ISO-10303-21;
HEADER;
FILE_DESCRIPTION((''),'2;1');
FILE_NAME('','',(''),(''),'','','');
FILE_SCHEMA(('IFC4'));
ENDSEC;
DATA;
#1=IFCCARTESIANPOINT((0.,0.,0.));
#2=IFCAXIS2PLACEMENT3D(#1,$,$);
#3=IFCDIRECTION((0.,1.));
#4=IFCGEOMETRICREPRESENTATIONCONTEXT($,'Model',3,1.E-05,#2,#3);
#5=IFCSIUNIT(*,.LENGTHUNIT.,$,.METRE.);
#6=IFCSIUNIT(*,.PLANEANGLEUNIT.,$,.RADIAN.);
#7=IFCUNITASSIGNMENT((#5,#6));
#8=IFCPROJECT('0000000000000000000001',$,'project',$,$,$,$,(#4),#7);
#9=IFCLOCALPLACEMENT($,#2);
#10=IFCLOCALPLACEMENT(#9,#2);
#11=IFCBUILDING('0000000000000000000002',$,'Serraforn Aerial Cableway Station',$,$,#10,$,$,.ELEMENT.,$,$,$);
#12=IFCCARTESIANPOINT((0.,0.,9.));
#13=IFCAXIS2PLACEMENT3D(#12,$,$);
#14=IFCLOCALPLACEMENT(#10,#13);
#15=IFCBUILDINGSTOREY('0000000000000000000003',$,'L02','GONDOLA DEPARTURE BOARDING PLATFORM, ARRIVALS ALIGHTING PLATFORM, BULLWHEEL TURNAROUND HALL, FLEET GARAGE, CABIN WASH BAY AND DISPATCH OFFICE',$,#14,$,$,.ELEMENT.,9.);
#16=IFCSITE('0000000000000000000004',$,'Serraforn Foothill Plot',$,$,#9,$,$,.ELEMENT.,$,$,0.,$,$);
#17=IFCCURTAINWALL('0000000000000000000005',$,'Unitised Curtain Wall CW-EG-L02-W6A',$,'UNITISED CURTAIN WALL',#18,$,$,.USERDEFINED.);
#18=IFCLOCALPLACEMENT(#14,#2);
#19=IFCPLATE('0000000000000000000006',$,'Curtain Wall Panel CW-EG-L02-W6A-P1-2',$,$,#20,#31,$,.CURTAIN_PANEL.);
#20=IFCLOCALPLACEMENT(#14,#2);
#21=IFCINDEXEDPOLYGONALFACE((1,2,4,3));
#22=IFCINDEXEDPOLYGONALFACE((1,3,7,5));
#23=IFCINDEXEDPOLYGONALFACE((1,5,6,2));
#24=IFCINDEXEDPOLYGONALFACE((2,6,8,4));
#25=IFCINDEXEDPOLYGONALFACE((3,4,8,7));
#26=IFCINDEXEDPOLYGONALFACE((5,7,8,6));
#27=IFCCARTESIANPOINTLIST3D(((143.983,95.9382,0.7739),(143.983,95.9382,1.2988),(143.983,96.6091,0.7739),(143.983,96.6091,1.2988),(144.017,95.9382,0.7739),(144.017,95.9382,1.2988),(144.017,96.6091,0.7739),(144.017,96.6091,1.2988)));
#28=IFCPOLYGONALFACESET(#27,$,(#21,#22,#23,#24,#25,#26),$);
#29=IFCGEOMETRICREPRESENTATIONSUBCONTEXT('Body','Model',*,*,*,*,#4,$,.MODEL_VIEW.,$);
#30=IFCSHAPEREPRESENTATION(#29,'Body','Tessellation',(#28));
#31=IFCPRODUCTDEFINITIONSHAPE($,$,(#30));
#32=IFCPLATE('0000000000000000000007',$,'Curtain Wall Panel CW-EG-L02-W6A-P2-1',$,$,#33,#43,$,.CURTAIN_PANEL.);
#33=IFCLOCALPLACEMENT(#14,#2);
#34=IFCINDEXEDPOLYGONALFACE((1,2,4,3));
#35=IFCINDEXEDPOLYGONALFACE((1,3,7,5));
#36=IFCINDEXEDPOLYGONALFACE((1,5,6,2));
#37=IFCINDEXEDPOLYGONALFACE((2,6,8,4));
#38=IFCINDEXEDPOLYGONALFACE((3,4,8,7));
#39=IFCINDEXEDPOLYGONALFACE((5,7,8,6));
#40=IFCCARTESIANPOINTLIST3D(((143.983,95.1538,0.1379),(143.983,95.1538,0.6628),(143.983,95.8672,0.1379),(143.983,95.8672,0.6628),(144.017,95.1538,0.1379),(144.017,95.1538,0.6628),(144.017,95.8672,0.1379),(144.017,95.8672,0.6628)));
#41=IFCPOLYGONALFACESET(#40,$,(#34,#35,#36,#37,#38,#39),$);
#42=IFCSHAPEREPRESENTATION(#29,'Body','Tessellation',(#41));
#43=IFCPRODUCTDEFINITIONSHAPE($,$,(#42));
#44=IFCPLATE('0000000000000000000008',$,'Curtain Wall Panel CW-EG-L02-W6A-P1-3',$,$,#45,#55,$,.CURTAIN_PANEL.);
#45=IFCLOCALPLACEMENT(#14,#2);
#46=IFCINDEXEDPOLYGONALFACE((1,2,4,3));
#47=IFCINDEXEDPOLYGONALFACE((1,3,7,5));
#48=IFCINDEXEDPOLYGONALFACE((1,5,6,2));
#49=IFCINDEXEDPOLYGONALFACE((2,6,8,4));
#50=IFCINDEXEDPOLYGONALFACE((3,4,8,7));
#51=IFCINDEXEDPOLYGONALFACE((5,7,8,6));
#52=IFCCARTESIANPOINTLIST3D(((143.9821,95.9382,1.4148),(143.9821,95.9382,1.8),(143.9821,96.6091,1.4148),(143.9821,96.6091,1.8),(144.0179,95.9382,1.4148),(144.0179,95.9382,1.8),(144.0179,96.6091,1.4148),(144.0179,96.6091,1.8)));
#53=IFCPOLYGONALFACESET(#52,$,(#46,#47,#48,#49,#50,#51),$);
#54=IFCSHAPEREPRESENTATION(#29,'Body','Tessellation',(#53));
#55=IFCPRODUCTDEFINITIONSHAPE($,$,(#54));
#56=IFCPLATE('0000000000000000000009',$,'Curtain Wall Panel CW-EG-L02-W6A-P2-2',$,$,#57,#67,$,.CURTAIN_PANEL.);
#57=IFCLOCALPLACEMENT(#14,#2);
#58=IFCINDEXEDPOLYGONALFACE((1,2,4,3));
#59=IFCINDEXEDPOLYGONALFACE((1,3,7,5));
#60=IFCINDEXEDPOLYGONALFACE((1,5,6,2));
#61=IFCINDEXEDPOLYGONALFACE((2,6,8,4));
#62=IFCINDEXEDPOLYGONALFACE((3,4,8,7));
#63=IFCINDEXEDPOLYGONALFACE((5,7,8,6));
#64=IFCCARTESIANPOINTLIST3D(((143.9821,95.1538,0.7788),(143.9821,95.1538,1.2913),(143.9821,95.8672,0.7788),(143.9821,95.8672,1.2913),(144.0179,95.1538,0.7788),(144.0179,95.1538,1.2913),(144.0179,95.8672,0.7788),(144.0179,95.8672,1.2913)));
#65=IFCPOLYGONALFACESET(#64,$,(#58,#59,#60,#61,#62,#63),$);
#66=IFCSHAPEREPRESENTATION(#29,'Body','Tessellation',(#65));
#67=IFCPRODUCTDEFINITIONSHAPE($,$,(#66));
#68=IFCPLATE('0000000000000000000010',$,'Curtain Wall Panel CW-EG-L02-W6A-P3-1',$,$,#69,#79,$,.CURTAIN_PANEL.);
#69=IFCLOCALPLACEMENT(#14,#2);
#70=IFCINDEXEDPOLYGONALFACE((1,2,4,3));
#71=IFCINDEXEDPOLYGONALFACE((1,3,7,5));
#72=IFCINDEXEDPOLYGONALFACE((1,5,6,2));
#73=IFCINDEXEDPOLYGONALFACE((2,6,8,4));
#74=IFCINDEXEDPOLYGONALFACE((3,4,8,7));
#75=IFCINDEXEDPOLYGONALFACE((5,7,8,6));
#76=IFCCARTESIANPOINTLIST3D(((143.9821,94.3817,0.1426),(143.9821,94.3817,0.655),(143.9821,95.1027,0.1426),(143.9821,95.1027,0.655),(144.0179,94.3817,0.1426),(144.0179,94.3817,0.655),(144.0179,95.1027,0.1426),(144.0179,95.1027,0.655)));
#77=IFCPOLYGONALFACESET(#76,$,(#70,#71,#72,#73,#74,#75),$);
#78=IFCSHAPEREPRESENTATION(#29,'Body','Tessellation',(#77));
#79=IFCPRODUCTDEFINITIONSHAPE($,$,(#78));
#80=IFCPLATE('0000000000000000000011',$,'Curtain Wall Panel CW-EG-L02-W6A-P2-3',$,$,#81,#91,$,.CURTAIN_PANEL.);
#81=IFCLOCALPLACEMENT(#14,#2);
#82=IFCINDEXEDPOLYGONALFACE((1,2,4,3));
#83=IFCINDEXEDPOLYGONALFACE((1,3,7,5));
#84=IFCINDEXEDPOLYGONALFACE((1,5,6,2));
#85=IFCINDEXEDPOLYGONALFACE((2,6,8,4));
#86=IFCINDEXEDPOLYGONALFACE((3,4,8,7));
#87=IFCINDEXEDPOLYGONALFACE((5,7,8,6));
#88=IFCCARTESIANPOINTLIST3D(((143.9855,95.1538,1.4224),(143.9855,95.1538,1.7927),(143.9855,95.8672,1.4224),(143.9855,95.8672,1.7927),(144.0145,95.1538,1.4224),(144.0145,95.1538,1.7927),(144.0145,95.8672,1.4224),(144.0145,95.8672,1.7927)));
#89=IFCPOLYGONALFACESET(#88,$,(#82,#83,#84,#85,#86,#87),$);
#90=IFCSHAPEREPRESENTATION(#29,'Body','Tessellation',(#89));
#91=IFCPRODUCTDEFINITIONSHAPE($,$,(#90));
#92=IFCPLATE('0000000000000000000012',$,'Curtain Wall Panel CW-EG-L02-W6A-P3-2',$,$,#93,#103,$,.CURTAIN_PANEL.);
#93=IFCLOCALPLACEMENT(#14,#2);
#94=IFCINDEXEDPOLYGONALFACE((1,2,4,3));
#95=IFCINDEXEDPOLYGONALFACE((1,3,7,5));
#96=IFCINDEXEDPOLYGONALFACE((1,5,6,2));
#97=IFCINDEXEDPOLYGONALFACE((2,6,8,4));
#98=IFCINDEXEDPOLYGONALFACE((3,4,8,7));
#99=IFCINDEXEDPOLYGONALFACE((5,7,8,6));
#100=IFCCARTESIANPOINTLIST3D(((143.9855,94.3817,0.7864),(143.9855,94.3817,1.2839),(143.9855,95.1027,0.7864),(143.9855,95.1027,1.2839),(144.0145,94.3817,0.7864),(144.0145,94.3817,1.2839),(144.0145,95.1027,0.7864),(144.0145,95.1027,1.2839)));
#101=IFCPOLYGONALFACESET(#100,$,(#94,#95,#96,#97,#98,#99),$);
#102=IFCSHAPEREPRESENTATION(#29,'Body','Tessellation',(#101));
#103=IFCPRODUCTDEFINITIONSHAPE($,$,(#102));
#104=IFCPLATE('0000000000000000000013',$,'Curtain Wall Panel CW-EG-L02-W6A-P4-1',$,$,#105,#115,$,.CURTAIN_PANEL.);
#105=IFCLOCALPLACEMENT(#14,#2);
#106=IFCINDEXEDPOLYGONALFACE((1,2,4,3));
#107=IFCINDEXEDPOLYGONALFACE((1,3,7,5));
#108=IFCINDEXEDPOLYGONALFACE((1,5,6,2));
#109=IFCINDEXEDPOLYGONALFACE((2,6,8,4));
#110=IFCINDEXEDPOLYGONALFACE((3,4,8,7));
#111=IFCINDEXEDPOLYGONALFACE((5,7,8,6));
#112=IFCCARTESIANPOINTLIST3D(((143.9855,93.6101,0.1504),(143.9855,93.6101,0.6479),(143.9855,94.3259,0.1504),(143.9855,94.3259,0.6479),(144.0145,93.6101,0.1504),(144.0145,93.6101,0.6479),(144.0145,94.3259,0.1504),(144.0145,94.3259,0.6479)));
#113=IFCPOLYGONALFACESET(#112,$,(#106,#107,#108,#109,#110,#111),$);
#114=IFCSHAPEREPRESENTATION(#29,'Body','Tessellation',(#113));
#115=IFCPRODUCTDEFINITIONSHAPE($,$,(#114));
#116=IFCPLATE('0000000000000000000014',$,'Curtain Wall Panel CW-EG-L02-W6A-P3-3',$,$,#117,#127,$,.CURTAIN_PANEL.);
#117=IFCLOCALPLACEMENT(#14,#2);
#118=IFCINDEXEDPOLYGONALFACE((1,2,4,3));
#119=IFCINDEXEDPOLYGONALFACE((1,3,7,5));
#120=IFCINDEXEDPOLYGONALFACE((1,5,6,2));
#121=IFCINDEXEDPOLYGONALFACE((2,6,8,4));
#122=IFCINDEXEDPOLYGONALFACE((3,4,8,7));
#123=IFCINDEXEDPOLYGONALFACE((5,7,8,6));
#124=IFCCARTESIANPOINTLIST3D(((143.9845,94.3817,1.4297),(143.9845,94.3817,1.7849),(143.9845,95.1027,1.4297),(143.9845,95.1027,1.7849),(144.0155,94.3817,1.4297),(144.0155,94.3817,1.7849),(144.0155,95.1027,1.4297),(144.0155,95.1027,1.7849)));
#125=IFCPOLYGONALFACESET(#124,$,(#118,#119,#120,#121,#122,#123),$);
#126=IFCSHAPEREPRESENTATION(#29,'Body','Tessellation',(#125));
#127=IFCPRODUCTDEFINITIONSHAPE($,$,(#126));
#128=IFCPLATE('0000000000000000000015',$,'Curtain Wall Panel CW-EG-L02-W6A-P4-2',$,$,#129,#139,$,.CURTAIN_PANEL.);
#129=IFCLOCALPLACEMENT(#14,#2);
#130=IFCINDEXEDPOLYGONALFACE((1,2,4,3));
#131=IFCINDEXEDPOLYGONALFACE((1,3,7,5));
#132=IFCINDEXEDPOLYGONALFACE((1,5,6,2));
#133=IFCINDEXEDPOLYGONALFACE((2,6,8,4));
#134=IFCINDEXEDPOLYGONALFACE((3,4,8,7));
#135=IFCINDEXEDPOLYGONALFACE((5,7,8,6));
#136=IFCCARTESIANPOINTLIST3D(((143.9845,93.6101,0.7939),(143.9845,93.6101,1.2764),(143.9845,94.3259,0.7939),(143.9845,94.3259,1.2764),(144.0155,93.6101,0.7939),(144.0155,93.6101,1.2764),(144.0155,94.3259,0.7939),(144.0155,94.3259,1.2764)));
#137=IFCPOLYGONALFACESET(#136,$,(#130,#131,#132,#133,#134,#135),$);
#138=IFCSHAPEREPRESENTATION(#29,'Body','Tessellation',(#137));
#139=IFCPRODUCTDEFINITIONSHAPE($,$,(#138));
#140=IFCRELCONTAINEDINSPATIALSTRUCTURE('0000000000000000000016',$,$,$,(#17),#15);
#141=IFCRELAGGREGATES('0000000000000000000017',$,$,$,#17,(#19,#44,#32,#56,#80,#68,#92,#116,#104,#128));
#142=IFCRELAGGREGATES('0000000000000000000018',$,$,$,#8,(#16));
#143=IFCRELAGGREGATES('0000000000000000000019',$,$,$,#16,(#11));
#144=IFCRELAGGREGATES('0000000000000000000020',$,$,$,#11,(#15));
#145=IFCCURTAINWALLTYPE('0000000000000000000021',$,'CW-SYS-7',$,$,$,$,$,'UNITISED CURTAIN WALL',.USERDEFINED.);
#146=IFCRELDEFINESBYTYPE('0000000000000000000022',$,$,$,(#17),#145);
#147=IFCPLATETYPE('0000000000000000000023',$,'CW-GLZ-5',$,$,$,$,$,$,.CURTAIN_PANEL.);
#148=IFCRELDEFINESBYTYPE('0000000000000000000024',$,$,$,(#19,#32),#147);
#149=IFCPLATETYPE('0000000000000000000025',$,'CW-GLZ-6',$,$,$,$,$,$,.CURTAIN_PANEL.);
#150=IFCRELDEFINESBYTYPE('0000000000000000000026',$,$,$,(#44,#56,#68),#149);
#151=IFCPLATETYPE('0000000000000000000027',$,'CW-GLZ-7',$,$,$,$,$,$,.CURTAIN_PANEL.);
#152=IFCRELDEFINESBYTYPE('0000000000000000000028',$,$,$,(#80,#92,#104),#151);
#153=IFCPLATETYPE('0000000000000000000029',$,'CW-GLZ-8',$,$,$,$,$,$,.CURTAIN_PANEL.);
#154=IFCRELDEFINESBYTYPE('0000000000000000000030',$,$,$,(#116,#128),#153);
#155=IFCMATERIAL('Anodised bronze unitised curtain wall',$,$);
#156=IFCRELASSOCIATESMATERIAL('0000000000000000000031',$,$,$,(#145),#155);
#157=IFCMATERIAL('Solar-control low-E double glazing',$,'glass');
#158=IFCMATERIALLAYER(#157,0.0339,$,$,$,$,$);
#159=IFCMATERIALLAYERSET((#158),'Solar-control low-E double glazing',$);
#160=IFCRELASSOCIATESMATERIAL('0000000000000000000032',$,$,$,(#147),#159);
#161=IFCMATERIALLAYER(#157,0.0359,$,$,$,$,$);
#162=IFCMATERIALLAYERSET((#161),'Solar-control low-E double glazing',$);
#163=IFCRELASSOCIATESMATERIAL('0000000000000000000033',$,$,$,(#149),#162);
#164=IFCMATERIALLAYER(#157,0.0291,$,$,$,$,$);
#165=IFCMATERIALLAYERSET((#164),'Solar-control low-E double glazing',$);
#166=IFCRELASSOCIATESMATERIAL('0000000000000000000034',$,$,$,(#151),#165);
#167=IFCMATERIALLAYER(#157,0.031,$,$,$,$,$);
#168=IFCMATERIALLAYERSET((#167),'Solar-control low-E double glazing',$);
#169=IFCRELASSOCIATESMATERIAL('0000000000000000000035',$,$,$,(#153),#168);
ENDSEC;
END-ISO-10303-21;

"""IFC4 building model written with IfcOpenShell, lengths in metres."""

from ifc_helpers import new_model, si_unit, direction, frame, origin, origin_2d, place, context, subcontext, project, spatial, rectangle, extrude, material, layer, layer_set, type_object, element, aggregate, save


model = new_model("IFC4")

# Units and contexts
model_context = context("Model", 3, precision=1e-05, world=origin(), true_north=direction((0.0, 1.0)))
body_context = subcontext(model_context, "Body", "Model", "MODEL_VIEW")
ifc_project = project(units=[si_unit("LENGTHUNIT", "METRE"), si_unit("PLANEANGLEUNIT", "RADIAN")], contexts=[model_context])

# Site, building, storey
site_placement = place(None, origin())
site = spatial("IfcSite", under=ifc_project, at=site_placement, Name="Serraforn Foothill Plot", CompositionType="ELEMENT", RefElevation=0.0)
building_placement = place(site_placement, origin())
building = spatial("IfcBuilding", under=site, at=building_placement, Name="Serraforn Aerial Cableway Station", CompositionType="ELEMENT")
storey_placement = place(building_placement, frame((0.0, 0.0, 9.0)))
storey = spatial("IfcBuildingStorey", under=building, at=storey_placement, Name="L02", Description="GONDOLA DEPARTURE BOARDING PLATFORM, ARRIVALS ALIGHTING PLATFORM, BULLWHEEL TURNAROUND HALL, FLEET GARAGE, CABIN WASH BAY AND DISPATCH OFFICE", CompositionType="ELEMENT", Elevation=9.0)

# Curtain wall, plates
ifc_material_1 = material(Name="Anodised bronze unitised curtain wall")
curtain_wall_type = type_object("IfcCurtainWallType", Name="CW-SYS-7", ElementType="UNITISED CURTAIN WALL", PredefinedType="USERDEFINED", material=ifc_material_1)
curtain_wall_placement = place(storey_placement, origin())
curtain_wall = element("IfcCurtainWall", 1, at=curtain_wall_placement, inside=storey, type_object=curtain_wall_type, Name="Unitised Curtain Wall CW-EG-L02-W6A", ObjectType="UNITISED CURTAIN WALL", PredefinedType="USERDEFINED")
ifc_material_2 = material(Name="Solar-control low-E double glazing", Category="glass")
ifc_layer_1 = layer(ifc_material_2, 0.0339)
ifc_layer_set_1 = layer_set([ifc_layer_1], Name="Solar-control low-E double glazing")
plate_type_1 = type_object("IfcPlateType", Name="CW-GLZ-5", PredefinedType="CURTAIN_PANEL", material=ifc_layer_set_1)
plate_1_placement = place(storey_placement, frame((144.0, 96.2737, 0.7739), z_axis=(0.0, 0.0, 1.0), x_axis=(1.0, 0.0, 0.0)))
plate_1 = element("IfcPlate", 2, at=plate_1_placement, type_object=plate_type_1, Name="Curtain Wall Panel CW-EG-L02-W6A-P1-2", PredefinedType="CURTAIN_PANEL", context=body_context, shape_type="SweptSolid", body=[
    extrude(rectangle(XDim=0.0339, YDim=0.6709, at=origin_2d()), origin(), (0.0, 0.0, 1.0), 0.5249),
])
plate_2_placement = place(storey_placement, frame((144.0, 95.5105, 0.1379), z_axis=(0.0, 0.0, 1.0), x_axis=(1.0, 0.0, 0.0)))
plate_2 = element("IfcPlate", 3, at=plate_2_placement, type_object=plate_type_1, Name="Curtain Wall Panel CW-EG-L02-W6A-P2-1", PredefinedType="CURTAIN_PANEL", context=body_context, shape_type="SweptSolid", body=[
    extrude(rectangle(XDim=0.0339, YDim=0.7134, at=origin_2d()), origin(), (0.0, 0.0, 1.0), 0.5249),
])
ifc_layer_2 = layer(ifc_material_2, 0.0359)
ifc_layer_set_2 = layer_set([ifc_layer_2], Name="Solar-control low-E double glazing")
plate_type_2 = type_object("IfcPlateType", Name="CW-GLZ-6", PredefinedType="CURTAIN_PANEL", material=ifc_layer_set_2)
plate_3_placement = place(storey_placement, frame((144.0, 96.2737, 1.4148), z_axis=(0.0, 0.0, 1.0), x_axis=(1.0, 0.0, 0.0)))
plate_3 = element("IfcPlate", 4, at=plate_3_placement, type_object=plate_type_2, Name="Curtain Wall Panel CW-EG-L02-W6A-P1-3", PredefinedType="CURTAIN_PANEL", context=body_context, shape_type="SweptSolid", body=[
    extrude(rectangle(XDim=0.0359, YDim=0.6709, at=origin_2d()), origin(), (0.0, 0.0, 1.0), 0.3853),
])
plate_4_placement = place(storey_placement, frame((144.0, 95.5105, 0.7788), z_axis=(0.0, 0.0, 1.0), x_axis=(1.0, 0.0, 0.0)))
plate_4 = element("IfcPlate", 5, at=plate_4_placement, type_object=plate_type_2, Name="Curtain Wall Panel CW-EG-L02-W6A-P2-2", PredefinedType="CURTAIN_PANEL", context=body_context, shape_type="SweptSolid", body=[
    extrude(rectangle(XDim=0.0359, YDim=0.7134, at=origin_2d()), origin(), (0.0, 0.0, 1.0), 0.5125),
])
plate_5_placement = place(storey_placement, frame((144.0, 94.7422, 0.1426), z_axis=(0.0, 0.0, 1.0), x_axis=(1.0, 0.0, 0.0)))
plate_5 = element("IfcPlate", 6, at=plate_5_placement, type_object=plate_type_2, Name="Curtain Wall Panel CW-EG-L02-W6A-P3-1", PredefinedType="CURTAIN_PANEL", context=body_context, shape_type="SweptSolid", body=[
    extrude(rectangle(XDim=0.0359, YDim=0.7209, at=origin_2d()), origin(), (0.0, 0.0, 1.0), 0.5125),
])
ifc_layer_3 = layer(ifc_material_2, 0.0291)
ifc_layer_set_3 = layer_set([ifc_layer_3], Name="Solar-control low-E double glazing")
plate_type_3 = type_object("IfcPlateType", Name="CW-GLZ-7", PredefinedType="CURTAIN_PANEL", material=ifc_layer_set_3)
plate_6_placement = place(storey_placement, frame((144.0, 95.5105, 1.4224), z_axis=(0.0, 0.0, 1.0), x_axis=(1.0, 0.0, 0.0)))
plate_6 = element("IfcPlate", 7, at=plate_6_placement, type_object=plate_type_3, Name="Curtain Wall Panel CW-EG-L02-W6A-P2-3", PredefinedType="CURTAIN_PANEL", context=body_context, shape_type="SweptSolid", body=[
    extrude(rectangle(XDim=0.0291, YDim=0.7134, at=origin_2d()), origin(), (0.0, 0.0, 1.0), 0.3704),
])
plate_7_placement = place(storey_placement, frame((144.0, 94.7422, 0.7864), z_axis=(0.0, 0.0, 1.0), x_axis=(1.0, 0.0, 0.0)))
plate_7 = element("IfcPlate", 8, at=plate_7_placement, type_object=plate_type_3, Name="Curtain Wall Panel CW-EG-L02-W6A-P3-2", PredefinedType="CURTAIN_PANEL", context=body_context, shape_type="SweptSolid", body=[
    extrude(rectangle(XDim=0.0291, YDim=0.7209, at=origin_2d()), origin(), (0.0, 0.0, 1.0), 0.4976),
])
plate_8_placement = place(storey_placement, frame((144.0, 93.968, 0.1504), z_axis=(0.0, 0.0, 1.0), x_axis=(1.0, 0.0, 0.0)))
plate_8 = element("IfcPlate", 9, at=plate_8_placement, type_object=plate_type_3, Name="Curtain Wall Panel CW-EG-L02-W6A-P4-1", PredefinedType="CURTAIN_PANEL", context=body_context, shape_type="SweptSolid", body=[
    extrude(rectangle(XDim=0.0291, YDim=0.7158, at=origin_2d()), origin(), (0.0, 0.0, 1.0), 0.4976),
])
ifc_layer_4 = layer(ifc_material_2, 0.031)
ifc_layer_set_4 = layer_set([ifc_layer_4], Name="Solar-control low-E double glazing")
plate_type_4 = type_object("IfcPlateType", Name="CW-GLZ-8", PredefinedType="CURTAIN_PANEL", material=ifc_layer_set_4)
plate_9_placement = place(storey_placement, frame((144.0, 94.7422, 1.4297), z_axis=(0.0, 0.0, 1.0), x_axis=(1.0, 0.0, 0.0)))
plate_9 = element("IfcPlate", 10, at=plate_9_placement, type_object=plate_type_4, Name="Curtain Wall Panel CW-EG-L02-W6A-P3-3", PredefinedType="CURTAIN_PANEL", context=body_context, shape_type="SweptSolid", body=[
    extrude(rectangle(XDim=0.031, YDim=0.7209, at=origin_2d()), origin(), (0.0, 0.0, 1.0), 0.3552),
])
plate_10_placement = place(storey_placement, frame((144.0, 93.968, 0.7939), z_axis=(0.0, 0.0, 1.0), x_axis=(1.0, 0.0, 0.0)))
plate_10 = element("IfcPlate", 11, at=plate_10_placement, type_object=plate_type_4, Name="Curtain Wall Panel CW-EG-L02-W6A-P4-2", PredefinedType="CURTAIN_PANEL", context=body_context, shape_type="SweptSolid", body=[
    extrude(rectangle(XDim=0.031, YDim=0.7158, at=origin_2d()), origin(), (0.0, 0.0, 1.0), 0.4824),
])
aggregate(curtain_wall, [plate_1, plate_3, plate_2, plate_4, plate_6, plate_5, plate_7, plate_9, plate_8, plate_10])

save(model, "model.ifc")
